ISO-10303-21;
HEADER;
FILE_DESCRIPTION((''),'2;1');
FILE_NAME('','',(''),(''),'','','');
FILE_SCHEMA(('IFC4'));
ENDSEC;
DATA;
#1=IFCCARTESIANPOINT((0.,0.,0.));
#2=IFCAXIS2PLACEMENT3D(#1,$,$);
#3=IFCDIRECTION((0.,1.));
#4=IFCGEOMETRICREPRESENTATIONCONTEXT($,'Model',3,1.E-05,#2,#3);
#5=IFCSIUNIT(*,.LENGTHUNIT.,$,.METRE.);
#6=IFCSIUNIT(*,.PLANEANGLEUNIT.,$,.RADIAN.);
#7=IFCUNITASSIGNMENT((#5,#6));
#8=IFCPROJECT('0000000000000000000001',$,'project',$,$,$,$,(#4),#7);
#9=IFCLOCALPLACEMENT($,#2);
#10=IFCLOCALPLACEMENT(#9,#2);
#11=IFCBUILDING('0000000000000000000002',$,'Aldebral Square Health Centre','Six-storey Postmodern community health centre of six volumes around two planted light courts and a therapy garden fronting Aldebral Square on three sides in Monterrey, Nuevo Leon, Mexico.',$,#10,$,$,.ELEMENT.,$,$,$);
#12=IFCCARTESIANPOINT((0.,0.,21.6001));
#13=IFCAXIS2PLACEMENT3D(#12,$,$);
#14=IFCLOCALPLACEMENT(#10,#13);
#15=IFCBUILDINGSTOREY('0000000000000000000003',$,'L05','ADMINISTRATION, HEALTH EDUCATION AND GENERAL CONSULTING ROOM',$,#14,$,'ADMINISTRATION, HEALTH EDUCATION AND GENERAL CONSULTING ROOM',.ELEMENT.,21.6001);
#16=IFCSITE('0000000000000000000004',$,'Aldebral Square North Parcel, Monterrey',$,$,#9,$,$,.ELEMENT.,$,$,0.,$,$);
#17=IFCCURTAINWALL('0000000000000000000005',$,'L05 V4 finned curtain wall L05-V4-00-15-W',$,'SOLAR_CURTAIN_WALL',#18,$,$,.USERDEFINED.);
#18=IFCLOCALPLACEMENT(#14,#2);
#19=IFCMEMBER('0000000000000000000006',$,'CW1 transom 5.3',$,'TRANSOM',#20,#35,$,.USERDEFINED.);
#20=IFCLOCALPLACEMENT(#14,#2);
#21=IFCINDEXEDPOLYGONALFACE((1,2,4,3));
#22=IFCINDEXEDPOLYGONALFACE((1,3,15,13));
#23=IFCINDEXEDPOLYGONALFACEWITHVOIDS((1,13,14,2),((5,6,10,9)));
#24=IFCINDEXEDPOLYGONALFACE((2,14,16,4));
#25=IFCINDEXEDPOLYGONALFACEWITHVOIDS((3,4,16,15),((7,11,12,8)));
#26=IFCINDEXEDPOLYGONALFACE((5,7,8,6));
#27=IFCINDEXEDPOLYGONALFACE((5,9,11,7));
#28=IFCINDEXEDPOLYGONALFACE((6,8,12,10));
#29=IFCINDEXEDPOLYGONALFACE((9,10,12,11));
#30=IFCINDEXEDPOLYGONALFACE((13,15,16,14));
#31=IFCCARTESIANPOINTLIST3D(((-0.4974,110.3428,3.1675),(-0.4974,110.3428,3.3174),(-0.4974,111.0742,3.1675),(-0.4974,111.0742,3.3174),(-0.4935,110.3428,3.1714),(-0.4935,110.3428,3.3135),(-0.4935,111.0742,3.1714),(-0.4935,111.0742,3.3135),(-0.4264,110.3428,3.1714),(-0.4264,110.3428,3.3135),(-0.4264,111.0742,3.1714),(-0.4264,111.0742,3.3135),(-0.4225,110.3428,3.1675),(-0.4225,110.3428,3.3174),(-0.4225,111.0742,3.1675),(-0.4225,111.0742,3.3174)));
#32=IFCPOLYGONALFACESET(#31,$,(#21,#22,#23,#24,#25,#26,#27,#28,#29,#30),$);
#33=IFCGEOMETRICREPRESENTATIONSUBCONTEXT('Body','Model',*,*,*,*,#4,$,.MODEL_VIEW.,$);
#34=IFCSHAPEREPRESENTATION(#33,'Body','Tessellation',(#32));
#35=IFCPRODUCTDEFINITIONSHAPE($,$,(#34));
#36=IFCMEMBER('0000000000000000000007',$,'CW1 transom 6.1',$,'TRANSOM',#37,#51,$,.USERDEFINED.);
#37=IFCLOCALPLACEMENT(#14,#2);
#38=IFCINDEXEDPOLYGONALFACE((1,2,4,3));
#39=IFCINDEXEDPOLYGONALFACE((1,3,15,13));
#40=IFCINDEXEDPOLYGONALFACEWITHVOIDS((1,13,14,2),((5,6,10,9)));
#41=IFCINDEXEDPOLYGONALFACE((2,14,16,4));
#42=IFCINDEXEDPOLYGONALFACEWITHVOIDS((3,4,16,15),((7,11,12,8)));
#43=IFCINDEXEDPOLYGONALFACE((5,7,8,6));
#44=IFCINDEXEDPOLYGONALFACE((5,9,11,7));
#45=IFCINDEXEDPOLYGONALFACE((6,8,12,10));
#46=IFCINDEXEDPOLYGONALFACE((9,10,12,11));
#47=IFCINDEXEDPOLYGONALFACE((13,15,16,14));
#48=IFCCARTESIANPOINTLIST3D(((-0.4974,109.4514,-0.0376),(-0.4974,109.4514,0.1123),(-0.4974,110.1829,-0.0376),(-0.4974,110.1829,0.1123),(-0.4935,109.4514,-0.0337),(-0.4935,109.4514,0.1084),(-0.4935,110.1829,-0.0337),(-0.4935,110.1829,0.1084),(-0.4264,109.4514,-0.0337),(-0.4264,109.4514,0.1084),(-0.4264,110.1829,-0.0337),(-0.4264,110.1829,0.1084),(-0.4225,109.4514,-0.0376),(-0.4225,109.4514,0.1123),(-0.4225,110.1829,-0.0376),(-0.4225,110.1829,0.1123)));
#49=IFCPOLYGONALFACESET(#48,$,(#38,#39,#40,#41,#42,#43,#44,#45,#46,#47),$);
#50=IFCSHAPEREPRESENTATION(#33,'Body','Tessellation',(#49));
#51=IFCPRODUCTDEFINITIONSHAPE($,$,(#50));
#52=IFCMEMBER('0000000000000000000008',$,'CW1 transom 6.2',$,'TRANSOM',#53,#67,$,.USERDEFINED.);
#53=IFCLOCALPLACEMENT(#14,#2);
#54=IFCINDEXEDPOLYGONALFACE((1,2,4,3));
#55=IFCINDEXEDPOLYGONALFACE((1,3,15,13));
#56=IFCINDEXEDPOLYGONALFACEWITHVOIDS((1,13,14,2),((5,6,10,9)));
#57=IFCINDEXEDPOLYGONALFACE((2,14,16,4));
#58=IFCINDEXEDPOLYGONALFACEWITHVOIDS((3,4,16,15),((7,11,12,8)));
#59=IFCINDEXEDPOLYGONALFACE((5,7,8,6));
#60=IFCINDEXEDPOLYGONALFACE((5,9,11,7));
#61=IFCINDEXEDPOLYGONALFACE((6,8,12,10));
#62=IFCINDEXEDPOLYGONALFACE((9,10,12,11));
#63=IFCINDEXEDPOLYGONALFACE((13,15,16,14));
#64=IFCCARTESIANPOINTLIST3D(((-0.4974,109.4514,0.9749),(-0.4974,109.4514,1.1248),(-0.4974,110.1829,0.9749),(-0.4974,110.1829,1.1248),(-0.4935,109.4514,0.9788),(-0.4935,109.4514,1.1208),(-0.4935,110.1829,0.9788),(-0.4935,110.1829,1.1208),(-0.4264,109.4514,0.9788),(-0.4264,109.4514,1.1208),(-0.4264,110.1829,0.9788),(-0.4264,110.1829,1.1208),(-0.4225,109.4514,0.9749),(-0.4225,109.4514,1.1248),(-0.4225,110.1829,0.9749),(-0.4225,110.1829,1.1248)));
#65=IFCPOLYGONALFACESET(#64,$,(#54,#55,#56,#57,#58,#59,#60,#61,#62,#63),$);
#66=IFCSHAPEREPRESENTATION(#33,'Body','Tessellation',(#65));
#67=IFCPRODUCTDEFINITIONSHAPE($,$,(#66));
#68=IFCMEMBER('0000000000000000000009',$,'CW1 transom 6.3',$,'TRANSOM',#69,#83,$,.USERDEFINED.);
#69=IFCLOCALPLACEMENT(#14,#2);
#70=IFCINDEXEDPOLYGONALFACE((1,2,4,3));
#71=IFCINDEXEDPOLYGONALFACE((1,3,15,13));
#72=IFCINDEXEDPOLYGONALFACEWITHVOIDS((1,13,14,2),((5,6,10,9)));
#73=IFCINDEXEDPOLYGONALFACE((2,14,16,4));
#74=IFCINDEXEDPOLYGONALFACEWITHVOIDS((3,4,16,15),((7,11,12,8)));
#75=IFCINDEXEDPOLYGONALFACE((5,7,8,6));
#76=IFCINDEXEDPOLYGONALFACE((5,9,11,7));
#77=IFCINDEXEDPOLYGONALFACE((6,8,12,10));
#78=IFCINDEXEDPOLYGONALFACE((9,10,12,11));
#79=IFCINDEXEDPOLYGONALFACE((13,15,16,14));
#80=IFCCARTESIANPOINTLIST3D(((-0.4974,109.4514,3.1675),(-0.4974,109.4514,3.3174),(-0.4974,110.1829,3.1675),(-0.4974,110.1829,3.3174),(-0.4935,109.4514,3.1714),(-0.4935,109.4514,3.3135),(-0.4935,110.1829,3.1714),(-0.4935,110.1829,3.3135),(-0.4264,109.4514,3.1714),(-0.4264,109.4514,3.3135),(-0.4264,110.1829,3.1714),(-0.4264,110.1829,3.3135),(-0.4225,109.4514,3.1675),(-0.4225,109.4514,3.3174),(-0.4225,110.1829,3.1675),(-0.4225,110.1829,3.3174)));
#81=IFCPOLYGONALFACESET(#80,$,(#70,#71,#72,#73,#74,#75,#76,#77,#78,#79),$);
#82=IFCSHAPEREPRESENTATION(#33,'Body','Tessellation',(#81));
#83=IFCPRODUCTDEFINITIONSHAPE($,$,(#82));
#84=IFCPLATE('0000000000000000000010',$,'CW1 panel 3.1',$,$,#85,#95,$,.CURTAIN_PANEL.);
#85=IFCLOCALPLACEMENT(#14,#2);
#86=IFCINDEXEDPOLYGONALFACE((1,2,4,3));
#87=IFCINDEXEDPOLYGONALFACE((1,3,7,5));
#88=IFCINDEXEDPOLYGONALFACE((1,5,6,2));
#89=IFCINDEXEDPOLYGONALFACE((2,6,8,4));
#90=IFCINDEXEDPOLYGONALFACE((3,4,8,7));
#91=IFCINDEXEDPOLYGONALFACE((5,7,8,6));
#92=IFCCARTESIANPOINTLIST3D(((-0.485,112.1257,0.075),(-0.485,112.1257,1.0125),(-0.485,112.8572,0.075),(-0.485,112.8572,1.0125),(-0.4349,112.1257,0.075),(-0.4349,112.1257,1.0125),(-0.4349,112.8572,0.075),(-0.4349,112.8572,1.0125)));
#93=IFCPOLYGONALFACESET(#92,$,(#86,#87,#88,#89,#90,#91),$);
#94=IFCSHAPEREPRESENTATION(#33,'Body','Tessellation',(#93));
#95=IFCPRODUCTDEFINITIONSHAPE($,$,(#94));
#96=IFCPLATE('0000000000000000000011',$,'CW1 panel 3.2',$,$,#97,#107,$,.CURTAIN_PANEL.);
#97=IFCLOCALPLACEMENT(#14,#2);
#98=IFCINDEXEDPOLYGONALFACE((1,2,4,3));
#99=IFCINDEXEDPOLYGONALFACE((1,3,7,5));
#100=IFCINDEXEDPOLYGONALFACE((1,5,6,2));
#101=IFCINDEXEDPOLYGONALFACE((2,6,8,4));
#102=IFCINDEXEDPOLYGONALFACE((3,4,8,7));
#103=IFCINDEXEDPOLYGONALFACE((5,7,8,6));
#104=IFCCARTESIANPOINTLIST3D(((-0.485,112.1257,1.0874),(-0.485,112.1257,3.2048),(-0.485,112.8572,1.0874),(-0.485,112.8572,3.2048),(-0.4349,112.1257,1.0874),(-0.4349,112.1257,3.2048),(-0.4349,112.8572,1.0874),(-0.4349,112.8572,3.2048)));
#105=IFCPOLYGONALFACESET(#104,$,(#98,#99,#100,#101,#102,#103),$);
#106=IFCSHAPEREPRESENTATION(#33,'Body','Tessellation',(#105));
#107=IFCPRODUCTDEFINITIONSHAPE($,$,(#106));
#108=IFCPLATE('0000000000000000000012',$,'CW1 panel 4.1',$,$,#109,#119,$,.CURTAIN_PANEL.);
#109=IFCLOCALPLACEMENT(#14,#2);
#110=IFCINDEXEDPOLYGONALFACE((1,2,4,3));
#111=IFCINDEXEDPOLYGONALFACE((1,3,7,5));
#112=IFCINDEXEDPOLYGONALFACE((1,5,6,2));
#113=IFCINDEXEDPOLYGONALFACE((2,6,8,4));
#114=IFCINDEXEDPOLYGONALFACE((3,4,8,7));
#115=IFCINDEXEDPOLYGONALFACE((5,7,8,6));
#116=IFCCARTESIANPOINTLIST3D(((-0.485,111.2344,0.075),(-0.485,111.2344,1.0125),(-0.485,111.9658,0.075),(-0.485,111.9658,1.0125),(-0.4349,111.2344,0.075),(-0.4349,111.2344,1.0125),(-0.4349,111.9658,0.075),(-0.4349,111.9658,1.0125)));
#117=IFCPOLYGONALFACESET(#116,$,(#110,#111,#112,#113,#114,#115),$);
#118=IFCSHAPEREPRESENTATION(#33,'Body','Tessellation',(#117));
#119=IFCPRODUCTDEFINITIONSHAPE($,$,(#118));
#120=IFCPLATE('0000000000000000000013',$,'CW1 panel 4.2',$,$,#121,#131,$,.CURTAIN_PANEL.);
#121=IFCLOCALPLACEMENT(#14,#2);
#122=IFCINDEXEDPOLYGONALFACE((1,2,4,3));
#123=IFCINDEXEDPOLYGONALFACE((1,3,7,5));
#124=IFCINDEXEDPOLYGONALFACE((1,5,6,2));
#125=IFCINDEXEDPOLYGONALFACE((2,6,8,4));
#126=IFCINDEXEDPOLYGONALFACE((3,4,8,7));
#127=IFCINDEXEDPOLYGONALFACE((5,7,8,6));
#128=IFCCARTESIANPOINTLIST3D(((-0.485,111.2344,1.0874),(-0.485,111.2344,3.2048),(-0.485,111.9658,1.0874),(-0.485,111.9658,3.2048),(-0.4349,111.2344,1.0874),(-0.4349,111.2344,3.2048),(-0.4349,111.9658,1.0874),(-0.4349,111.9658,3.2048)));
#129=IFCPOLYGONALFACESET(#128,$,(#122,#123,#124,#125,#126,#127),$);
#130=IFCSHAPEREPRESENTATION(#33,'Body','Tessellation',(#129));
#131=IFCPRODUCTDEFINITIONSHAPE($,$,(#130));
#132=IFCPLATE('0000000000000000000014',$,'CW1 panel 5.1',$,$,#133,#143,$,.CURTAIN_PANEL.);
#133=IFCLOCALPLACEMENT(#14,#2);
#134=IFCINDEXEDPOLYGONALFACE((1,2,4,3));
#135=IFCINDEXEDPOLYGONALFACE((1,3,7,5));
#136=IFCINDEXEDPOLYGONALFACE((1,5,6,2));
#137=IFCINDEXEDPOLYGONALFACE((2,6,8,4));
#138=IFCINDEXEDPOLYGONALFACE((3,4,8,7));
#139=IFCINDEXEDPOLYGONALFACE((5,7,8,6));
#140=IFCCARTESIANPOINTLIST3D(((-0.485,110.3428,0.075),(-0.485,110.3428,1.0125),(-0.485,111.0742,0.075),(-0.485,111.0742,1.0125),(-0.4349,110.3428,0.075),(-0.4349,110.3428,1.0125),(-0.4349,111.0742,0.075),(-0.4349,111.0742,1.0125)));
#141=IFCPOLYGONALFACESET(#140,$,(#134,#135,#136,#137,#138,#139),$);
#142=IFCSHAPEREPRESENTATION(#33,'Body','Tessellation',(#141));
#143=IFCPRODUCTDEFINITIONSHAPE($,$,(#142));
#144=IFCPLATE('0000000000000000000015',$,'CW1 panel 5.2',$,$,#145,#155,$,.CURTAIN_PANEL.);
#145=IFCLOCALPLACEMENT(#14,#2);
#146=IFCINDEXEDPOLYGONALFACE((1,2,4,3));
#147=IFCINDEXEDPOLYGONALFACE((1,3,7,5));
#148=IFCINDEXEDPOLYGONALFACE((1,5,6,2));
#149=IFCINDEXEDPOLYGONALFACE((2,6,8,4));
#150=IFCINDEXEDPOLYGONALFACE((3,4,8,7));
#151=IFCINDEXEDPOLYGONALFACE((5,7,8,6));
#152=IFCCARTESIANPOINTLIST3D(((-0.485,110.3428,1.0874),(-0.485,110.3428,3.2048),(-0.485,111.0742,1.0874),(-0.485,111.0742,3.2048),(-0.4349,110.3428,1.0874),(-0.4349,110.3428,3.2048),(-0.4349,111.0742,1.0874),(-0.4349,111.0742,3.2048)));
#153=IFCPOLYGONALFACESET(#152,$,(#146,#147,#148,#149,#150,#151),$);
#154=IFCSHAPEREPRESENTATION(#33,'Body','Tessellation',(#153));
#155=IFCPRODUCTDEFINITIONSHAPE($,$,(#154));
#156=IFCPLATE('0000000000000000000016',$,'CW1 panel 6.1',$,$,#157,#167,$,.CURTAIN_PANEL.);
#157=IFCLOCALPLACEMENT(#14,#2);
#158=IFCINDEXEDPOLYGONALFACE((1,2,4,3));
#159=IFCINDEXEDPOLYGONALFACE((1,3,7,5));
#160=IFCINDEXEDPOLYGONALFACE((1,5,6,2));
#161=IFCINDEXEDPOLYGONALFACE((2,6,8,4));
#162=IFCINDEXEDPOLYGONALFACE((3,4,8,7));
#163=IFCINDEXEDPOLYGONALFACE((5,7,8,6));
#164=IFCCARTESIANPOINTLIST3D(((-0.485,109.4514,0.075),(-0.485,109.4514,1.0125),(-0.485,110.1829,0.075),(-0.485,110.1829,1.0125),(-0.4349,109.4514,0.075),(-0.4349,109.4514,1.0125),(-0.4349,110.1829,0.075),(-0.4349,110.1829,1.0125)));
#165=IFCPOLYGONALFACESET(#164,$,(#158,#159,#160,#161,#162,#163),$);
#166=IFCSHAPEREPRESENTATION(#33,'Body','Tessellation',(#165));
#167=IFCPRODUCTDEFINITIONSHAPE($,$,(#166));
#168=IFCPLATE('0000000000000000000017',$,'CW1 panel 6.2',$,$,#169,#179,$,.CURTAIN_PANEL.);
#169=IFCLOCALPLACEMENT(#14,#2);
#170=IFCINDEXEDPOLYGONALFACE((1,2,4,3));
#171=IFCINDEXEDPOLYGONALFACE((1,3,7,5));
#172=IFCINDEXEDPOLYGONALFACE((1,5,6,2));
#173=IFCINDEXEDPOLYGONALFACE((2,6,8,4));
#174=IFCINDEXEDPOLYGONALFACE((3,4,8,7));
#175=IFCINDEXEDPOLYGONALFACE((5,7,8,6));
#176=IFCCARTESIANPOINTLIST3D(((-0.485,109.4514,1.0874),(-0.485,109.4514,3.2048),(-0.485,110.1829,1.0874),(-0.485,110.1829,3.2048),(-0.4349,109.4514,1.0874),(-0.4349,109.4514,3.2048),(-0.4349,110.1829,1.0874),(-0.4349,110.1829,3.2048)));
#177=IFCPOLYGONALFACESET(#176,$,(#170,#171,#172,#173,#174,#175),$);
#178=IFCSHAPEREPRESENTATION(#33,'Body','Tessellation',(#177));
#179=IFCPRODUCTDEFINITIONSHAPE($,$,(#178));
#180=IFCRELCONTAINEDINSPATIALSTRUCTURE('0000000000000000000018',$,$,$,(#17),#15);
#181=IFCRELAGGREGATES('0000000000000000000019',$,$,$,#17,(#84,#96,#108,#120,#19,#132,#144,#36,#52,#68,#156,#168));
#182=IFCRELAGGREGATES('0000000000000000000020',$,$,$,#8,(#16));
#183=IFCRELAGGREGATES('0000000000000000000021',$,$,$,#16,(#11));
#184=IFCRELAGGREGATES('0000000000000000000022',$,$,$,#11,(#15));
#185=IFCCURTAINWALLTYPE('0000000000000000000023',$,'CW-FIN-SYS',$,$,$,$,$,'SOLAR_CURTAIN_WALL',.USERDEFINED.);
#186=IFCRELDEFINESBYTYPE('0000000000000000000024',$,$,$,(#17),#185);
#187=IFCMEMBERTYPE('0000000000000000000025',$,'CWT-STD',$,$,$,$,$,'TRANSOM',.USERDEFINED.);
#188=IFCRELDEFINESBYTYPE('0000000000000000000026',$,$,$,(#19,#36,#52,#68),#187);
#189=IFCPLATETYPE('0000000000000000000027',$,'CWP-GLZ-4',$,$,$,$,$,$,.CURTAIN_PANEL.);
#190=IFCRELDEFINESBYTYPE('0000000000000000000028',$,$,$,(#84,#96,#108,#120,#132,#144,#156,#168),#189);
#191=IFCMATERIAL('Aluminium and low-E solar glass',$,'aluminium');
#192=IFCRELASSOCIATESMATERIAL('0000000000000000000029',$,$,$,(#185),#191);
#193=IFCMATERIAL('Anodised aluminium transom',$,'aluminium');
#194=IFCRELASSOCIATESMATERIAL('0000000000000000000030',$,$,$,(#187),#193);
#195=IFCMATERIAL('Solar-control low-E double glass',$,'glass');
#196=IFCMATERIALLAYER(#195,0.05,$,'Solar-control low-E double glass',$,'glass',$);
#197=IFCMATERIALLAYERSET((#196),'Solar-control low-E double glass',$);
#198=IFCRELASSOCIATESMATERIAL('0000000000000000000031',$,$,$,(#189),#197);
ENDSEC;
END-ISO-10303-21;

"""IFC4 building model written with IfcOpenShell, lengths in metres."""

from ifc_helpers import new_model, si_unit, direction, frame, origin, origin_2d, place, context, subcontext, project, spatial, rectangle, hollow_rectangle, extrude, material, layer, layer_set, material_profile, profile_set, type_object, element, aggregate, save


model = new_model("IFC4")

# Units and contexts
model_context = context("Model", 3, precision=1e-05, world=origin(), true_north=direction((0.0, 1.0)))
body_context = subcontext(model_context, "Body", "Model", "MODEL_VIEW")
ifc_project = project(units=[si_unit("LENGTHUNIT", "METRE"), si_unit("PLANEANGLEUNIT", "RADIAN")], contexts=[model_context])

# Site, building, storey
site_placement = place(None, origin())
site = spatial("IfcSite", under=ifc_project, at=site_placement, Name="Aldebral Square North Parcel, Monterrey", CompositionType="ELEMENT", RefElevation=0.0)
building_placement = place(site_placement, origin())
building = spatial("IfcBuilding", under=site, at=building_placement, Name="Aldebral Square Health Centre", Description="Six-storey Postmodern community health centre of six volumes around two planted light courts and a therapy garden fronting Aldebral Square on three sides in Monterrey, Nuevo Leon, Mexico.", CompositionType="ELEMENT")
storey_placement = place(building_placement, frame((0.0, 0.0, 21.6001)))
storey = spatial("IfcBuildingStorey", under=building, at=storey_placement, Name="L05", Description="ADMINISTRATION, HEALTH EDUCATION AND GENERAL CONSULTING ROOM", LongName="ADMINISTRATION, HEALTH EDUCATION AND GENERAL CONSULTING ROOM", CompositionType="ELEMENT", Elevation=21.6001)

# Curtain wall, members, plates
ifc_material_1 = material(Name="Aluminium and low-E solar glass", Category="aluminium")
curtain_wall_type = type_object("IfcCurtainWallType", Name="CW-FIN-SYS", ElementType="SOLAR_CURTAIN_WALL", PredefinedType="USERDEFINED", material=ifc_material_1)
curtain_wall_placement = place(storey_placement, origin())
curtain_wall = element("IfcCurtainWall", 1, at=curtain_wall_placement, inside=storey, type_object=curtain_wall_type, Name="L05 V4 finned curtain wall L05-V4-00-15-W", ObjectType="SOLAR_CURTAIN_WALL", PredefinedType="USERDEFINED")
ifc_material_2 = material(Name="Anodised aluminium transom", Category="aluminium")
ifc_material_profile_1 = material_profile(ifc_material_2, hollow_rectangle(XDim=0.075, YDim=0.1499, WallThickness=0.0039, at=origin_2d()), Name="CWT 75x150x4")
ifc_profile_set_1 = profile_set([ifc_material_profile_1], Name="Anodised aluminium transom")
member_type_1 = type_object("IfcMemberType", Name="CWT-STD", ElementType="TRANSOM", PredefinedType="USERDEFINED", material=ifc_profile_set_1)
member_1_placement = place(storey_placement, frame((-0.46, 111.0742, 3.2424), z_axis=(0.0, -1.0, 0.0), x_axis=(1.0, 0.0, 0.0)))
member_1 = element("IfcMember", 2, at=member_1_placement, type_object=member_type_1, Name="CW1 transom 5.3", ObjectType="TRANSOM", PredefinedType="USERDEFINED", context=body_context, shape_type="SweptSolid", body=[
    extrude(hollow_rectangle(XDim=0.075, YDim=0.1499, WallThickness=0.0039, at=origin_2d()), origin(), (0.0, 0.0, 1.0), 0.7314),
])
member_2_placement = place(storey_placement, frame((-0.46, 110.1829, 0.0374), z_axis=(0.0, -1.0, 0.0), x_axis=(1.0, 0.0, 0.0)))
member_2 = element("IfcMember", 3, at=member_2_placement, type_object=member_type_1, Name="CW1 transom 6.1", ObjectType="TRANSOM", PredefinedType="USERDEFINED", context=body_context, shape_type="SweptSolid", body=[
    extrude(hollow_rectangle(XDim=0.075, YDim=0.1499, WallThickness=0.0039, at=origin_2d()), origin(), (0.0, 0.0, 1.0), 0.7314),
])
member_3_placement = place(storey_placement, frame((-0.46, 110.1829, 1.0498), z_axis=(0.0, -1.0, 0.0), x_axis=(1.0, 0.0, 0.0)))
member_3 = element("IfcMember", 4, at=member_3_placement, type_object=member_type_1, Name="CW1 transom 6.2", ObjectType="TRANSOM", PredefinedType="USERDEFINED", context=body_context, shape_type="SweptSolid", body=[
    extrude(hollow_rectangle(XDim=0.075, YDim=0.1499, WallThickness=0.0039, at=origin_2d()), origin(), (0.0, 0.0, 1.0), 0.7314),
])
member_4_placement = place(storey_placement, frame((-0.46, 110.1829, 3.2424), z_axis=(0.0, -1.0, 0.0), x_axis=(1.0, 0.0, 0.0)))
member_4 = element("IfcMember", 5, at=member_4_placement, type_object=member_type_1, Name="CW1 transom 6.3", ObjectType="TRANSOM", PredefinedType="USERDEFINED", context=body_context, shape_type="SweptSolid", body=[
    extrude(hollow_rectangle(XDim=0.075, YDim=0.1499, WallThickness=0.0039, at=origin_2d()), origin(), (0.0, 0.0, 1.0), 0.7314),
])
ifc_material_3 = material(Name="Solar-control low-E double glass", Category="glass")
ifc_layer = layer(ifc_material_3, 0.05, Name="Solar-control low-E double glass", Category="glass")
ifc_layer_set = layer_set([ifc_layer], Name="Solar-control low-E double glass")
plate_type = type_object("IfcPlateType", Name="CWP-GLZ-4", PredefinedType="CURTAIN_PANEL", material=ifc_layer_set)
plate_1_placement = place(storey_placement, frame((-0.46, 112.4915, 0.075), z_axis=(0.0, 0.0, 1.0), x_axis=(0.0, -1.0, 0.0)))
plate_1 = element("IfcPlate", 6, at=plate_1_placement, type_object=plate_type, Name="CW1 panel 3.1", PredefinedType="CURTAIN_PANEL", context=body_context, shape_type="SweptSolid", body=[
    extrude(rectangle(XDim=0.7314, YDim=0.05, at=origin_2d()), origin(), (0.0, 0.0, 1.0), 0.9375),
])
plate_2_placement = place(storey_placement, frame((-0.46, 112.4915, 1.0874), z_axis=(0.0, 0.0, 1.0), x_axis=(0.0, -1.0, 0.0)))
plate_2 = element("IfcPlate", 7, at=plate_2_placement, type_object=plate_type, Name="CW1 panel 3.2", PredefinedType="CURTAIN_PANEL", context=body_context, shape_type="SweptSolid", body=[
    extrude(rectangle(XDim=0.7314, YDim=0.05, at=origin_2d()), origin(), (0.0, 0.0, 1.0), 2.1174),
])
plate_3_placement = place(storey_placement, frame((-0.46, 111.6001, 0.075), z_axis=(0.0, 0.0, 1.0), x_axis=(0.0, -1.0, 0.0)))
plate_3 = element("IfcPlate", 8, at=plate_3_placement, type_object=plate_type, Name="CW1 panel 4.1", PredefinedType="CURTAIN_PANEL", context=body_context, shape_type="SweptSolid", body=[
    extrude(rectangle(XDim=0.7314, YDim=0.05, at=origin_2d()), origin(), (0.0, 0.0, 1.0), 0.9375),
])
plate_4_placement = place(storey_placement, frame((-0.46, 111.6001, 1.0874), z_axis=(0.0, 0.0, 1.0), x_axis=(0.0, -1.0, 0.0)))
plate_4 = element("IfcPlate", 9, at=plate_4_placement, type_object=plate_type, Name="CW1 panel 4.2", PredefinedType="CURTAIN_PANEL", context=body_context, shape_type="SweptSolid", body=[
    extrude(rectangle(XDim=0.7314, YDim=0.05, at=origin_2d()), origin(), (0.0, 0.0, 1.0), 2.1174),
])
plate_5_placement = place(storey_placement, frame((-0.46, 110.7085, 0.075), z_axis=(0.0, 0.0, 1.0), x_axis=(0.0, -1.0, 0.0)))
plate_5 = element("IfcPlate", 10, at=plate_5_placement, type_object=plate_type, Name="CW1 panel 5.1", PredefinedType="CURTAIN_PANEL", context=body_context, shape_type="SweptSolid", body=[
    extrude(rectangle(XDim=0.7314, YDim=0.05, at=origin_2d()), origin(), (0.0, 0.0, 1.0), 0.9375),
])
plate_6_placement = place(storey_placement, frame((-0.46, 110.7085, 1.0874), z_axis=(0.0, 0.0, 1.0), x_axis=(0.0, -1.0, 0.0)))
plate_6 = element("IfcPlate", 11, at=plate_6_placement, type_object=plate_type, Name="CW1 panel 5.2", PredefinedType="CURTAIN_PANEL", context=body_context, shape_type="SweptSolid", body=[
    extrude(rectangle(XDim=0.7314, YDim=0.05, at=origin_2d()), origin(), (0.0, 0.0, 1.0), 2.1174),
])
plate_7_placement = place(storey_placement, frame((-0.46, 109.8171, 0.075), z_axis=(0.0, 0.0, 1.0), x_axis=(0.0, -1.0, 0.0)))
plate_7 = element("IfcPlate", 12, at=plate_7_placement, type_object=plate_type, Name="CW1 panel 6.1", PredefinedType="CURTAIN_PANEL", context=body_context, shape_type="SweptSolid", body=[
    extrude(rectangle(XDim=0.7314, YDim=0.05, at=origin_2d()), origin(), (0.0, 0.0, 1.0), 0.9375),
])
plate_8_placement = place(storey_placement, frame((-0.46, 109.8171, 1.0874), z_axis=(0.0, 0.0, 1.0), x_axis=(0.0, -1.0, 0.0)))
plate_8 = element("IfcPlate", 13, at=plate_8_placement, type_object=plate_type, Name="CW1 panel 6.2", PredefinedType="CURTAIN_PANEL", context=body_context, shape_type="SweptSolid", body=[
    extrude(rectangle(XDim=0.7314, YDim=0.05, at=origin_2d()), origin(), (0.0, 0.0, 1.0), 2.1174),
])
aggregate(curtain_wall, [plate_1, plate_2, plate_3, plate_4, member_1, plate_5, plate_6, member_2, member_3, member_4, plate_7, plate_8])

save(model, "model.ifc")
